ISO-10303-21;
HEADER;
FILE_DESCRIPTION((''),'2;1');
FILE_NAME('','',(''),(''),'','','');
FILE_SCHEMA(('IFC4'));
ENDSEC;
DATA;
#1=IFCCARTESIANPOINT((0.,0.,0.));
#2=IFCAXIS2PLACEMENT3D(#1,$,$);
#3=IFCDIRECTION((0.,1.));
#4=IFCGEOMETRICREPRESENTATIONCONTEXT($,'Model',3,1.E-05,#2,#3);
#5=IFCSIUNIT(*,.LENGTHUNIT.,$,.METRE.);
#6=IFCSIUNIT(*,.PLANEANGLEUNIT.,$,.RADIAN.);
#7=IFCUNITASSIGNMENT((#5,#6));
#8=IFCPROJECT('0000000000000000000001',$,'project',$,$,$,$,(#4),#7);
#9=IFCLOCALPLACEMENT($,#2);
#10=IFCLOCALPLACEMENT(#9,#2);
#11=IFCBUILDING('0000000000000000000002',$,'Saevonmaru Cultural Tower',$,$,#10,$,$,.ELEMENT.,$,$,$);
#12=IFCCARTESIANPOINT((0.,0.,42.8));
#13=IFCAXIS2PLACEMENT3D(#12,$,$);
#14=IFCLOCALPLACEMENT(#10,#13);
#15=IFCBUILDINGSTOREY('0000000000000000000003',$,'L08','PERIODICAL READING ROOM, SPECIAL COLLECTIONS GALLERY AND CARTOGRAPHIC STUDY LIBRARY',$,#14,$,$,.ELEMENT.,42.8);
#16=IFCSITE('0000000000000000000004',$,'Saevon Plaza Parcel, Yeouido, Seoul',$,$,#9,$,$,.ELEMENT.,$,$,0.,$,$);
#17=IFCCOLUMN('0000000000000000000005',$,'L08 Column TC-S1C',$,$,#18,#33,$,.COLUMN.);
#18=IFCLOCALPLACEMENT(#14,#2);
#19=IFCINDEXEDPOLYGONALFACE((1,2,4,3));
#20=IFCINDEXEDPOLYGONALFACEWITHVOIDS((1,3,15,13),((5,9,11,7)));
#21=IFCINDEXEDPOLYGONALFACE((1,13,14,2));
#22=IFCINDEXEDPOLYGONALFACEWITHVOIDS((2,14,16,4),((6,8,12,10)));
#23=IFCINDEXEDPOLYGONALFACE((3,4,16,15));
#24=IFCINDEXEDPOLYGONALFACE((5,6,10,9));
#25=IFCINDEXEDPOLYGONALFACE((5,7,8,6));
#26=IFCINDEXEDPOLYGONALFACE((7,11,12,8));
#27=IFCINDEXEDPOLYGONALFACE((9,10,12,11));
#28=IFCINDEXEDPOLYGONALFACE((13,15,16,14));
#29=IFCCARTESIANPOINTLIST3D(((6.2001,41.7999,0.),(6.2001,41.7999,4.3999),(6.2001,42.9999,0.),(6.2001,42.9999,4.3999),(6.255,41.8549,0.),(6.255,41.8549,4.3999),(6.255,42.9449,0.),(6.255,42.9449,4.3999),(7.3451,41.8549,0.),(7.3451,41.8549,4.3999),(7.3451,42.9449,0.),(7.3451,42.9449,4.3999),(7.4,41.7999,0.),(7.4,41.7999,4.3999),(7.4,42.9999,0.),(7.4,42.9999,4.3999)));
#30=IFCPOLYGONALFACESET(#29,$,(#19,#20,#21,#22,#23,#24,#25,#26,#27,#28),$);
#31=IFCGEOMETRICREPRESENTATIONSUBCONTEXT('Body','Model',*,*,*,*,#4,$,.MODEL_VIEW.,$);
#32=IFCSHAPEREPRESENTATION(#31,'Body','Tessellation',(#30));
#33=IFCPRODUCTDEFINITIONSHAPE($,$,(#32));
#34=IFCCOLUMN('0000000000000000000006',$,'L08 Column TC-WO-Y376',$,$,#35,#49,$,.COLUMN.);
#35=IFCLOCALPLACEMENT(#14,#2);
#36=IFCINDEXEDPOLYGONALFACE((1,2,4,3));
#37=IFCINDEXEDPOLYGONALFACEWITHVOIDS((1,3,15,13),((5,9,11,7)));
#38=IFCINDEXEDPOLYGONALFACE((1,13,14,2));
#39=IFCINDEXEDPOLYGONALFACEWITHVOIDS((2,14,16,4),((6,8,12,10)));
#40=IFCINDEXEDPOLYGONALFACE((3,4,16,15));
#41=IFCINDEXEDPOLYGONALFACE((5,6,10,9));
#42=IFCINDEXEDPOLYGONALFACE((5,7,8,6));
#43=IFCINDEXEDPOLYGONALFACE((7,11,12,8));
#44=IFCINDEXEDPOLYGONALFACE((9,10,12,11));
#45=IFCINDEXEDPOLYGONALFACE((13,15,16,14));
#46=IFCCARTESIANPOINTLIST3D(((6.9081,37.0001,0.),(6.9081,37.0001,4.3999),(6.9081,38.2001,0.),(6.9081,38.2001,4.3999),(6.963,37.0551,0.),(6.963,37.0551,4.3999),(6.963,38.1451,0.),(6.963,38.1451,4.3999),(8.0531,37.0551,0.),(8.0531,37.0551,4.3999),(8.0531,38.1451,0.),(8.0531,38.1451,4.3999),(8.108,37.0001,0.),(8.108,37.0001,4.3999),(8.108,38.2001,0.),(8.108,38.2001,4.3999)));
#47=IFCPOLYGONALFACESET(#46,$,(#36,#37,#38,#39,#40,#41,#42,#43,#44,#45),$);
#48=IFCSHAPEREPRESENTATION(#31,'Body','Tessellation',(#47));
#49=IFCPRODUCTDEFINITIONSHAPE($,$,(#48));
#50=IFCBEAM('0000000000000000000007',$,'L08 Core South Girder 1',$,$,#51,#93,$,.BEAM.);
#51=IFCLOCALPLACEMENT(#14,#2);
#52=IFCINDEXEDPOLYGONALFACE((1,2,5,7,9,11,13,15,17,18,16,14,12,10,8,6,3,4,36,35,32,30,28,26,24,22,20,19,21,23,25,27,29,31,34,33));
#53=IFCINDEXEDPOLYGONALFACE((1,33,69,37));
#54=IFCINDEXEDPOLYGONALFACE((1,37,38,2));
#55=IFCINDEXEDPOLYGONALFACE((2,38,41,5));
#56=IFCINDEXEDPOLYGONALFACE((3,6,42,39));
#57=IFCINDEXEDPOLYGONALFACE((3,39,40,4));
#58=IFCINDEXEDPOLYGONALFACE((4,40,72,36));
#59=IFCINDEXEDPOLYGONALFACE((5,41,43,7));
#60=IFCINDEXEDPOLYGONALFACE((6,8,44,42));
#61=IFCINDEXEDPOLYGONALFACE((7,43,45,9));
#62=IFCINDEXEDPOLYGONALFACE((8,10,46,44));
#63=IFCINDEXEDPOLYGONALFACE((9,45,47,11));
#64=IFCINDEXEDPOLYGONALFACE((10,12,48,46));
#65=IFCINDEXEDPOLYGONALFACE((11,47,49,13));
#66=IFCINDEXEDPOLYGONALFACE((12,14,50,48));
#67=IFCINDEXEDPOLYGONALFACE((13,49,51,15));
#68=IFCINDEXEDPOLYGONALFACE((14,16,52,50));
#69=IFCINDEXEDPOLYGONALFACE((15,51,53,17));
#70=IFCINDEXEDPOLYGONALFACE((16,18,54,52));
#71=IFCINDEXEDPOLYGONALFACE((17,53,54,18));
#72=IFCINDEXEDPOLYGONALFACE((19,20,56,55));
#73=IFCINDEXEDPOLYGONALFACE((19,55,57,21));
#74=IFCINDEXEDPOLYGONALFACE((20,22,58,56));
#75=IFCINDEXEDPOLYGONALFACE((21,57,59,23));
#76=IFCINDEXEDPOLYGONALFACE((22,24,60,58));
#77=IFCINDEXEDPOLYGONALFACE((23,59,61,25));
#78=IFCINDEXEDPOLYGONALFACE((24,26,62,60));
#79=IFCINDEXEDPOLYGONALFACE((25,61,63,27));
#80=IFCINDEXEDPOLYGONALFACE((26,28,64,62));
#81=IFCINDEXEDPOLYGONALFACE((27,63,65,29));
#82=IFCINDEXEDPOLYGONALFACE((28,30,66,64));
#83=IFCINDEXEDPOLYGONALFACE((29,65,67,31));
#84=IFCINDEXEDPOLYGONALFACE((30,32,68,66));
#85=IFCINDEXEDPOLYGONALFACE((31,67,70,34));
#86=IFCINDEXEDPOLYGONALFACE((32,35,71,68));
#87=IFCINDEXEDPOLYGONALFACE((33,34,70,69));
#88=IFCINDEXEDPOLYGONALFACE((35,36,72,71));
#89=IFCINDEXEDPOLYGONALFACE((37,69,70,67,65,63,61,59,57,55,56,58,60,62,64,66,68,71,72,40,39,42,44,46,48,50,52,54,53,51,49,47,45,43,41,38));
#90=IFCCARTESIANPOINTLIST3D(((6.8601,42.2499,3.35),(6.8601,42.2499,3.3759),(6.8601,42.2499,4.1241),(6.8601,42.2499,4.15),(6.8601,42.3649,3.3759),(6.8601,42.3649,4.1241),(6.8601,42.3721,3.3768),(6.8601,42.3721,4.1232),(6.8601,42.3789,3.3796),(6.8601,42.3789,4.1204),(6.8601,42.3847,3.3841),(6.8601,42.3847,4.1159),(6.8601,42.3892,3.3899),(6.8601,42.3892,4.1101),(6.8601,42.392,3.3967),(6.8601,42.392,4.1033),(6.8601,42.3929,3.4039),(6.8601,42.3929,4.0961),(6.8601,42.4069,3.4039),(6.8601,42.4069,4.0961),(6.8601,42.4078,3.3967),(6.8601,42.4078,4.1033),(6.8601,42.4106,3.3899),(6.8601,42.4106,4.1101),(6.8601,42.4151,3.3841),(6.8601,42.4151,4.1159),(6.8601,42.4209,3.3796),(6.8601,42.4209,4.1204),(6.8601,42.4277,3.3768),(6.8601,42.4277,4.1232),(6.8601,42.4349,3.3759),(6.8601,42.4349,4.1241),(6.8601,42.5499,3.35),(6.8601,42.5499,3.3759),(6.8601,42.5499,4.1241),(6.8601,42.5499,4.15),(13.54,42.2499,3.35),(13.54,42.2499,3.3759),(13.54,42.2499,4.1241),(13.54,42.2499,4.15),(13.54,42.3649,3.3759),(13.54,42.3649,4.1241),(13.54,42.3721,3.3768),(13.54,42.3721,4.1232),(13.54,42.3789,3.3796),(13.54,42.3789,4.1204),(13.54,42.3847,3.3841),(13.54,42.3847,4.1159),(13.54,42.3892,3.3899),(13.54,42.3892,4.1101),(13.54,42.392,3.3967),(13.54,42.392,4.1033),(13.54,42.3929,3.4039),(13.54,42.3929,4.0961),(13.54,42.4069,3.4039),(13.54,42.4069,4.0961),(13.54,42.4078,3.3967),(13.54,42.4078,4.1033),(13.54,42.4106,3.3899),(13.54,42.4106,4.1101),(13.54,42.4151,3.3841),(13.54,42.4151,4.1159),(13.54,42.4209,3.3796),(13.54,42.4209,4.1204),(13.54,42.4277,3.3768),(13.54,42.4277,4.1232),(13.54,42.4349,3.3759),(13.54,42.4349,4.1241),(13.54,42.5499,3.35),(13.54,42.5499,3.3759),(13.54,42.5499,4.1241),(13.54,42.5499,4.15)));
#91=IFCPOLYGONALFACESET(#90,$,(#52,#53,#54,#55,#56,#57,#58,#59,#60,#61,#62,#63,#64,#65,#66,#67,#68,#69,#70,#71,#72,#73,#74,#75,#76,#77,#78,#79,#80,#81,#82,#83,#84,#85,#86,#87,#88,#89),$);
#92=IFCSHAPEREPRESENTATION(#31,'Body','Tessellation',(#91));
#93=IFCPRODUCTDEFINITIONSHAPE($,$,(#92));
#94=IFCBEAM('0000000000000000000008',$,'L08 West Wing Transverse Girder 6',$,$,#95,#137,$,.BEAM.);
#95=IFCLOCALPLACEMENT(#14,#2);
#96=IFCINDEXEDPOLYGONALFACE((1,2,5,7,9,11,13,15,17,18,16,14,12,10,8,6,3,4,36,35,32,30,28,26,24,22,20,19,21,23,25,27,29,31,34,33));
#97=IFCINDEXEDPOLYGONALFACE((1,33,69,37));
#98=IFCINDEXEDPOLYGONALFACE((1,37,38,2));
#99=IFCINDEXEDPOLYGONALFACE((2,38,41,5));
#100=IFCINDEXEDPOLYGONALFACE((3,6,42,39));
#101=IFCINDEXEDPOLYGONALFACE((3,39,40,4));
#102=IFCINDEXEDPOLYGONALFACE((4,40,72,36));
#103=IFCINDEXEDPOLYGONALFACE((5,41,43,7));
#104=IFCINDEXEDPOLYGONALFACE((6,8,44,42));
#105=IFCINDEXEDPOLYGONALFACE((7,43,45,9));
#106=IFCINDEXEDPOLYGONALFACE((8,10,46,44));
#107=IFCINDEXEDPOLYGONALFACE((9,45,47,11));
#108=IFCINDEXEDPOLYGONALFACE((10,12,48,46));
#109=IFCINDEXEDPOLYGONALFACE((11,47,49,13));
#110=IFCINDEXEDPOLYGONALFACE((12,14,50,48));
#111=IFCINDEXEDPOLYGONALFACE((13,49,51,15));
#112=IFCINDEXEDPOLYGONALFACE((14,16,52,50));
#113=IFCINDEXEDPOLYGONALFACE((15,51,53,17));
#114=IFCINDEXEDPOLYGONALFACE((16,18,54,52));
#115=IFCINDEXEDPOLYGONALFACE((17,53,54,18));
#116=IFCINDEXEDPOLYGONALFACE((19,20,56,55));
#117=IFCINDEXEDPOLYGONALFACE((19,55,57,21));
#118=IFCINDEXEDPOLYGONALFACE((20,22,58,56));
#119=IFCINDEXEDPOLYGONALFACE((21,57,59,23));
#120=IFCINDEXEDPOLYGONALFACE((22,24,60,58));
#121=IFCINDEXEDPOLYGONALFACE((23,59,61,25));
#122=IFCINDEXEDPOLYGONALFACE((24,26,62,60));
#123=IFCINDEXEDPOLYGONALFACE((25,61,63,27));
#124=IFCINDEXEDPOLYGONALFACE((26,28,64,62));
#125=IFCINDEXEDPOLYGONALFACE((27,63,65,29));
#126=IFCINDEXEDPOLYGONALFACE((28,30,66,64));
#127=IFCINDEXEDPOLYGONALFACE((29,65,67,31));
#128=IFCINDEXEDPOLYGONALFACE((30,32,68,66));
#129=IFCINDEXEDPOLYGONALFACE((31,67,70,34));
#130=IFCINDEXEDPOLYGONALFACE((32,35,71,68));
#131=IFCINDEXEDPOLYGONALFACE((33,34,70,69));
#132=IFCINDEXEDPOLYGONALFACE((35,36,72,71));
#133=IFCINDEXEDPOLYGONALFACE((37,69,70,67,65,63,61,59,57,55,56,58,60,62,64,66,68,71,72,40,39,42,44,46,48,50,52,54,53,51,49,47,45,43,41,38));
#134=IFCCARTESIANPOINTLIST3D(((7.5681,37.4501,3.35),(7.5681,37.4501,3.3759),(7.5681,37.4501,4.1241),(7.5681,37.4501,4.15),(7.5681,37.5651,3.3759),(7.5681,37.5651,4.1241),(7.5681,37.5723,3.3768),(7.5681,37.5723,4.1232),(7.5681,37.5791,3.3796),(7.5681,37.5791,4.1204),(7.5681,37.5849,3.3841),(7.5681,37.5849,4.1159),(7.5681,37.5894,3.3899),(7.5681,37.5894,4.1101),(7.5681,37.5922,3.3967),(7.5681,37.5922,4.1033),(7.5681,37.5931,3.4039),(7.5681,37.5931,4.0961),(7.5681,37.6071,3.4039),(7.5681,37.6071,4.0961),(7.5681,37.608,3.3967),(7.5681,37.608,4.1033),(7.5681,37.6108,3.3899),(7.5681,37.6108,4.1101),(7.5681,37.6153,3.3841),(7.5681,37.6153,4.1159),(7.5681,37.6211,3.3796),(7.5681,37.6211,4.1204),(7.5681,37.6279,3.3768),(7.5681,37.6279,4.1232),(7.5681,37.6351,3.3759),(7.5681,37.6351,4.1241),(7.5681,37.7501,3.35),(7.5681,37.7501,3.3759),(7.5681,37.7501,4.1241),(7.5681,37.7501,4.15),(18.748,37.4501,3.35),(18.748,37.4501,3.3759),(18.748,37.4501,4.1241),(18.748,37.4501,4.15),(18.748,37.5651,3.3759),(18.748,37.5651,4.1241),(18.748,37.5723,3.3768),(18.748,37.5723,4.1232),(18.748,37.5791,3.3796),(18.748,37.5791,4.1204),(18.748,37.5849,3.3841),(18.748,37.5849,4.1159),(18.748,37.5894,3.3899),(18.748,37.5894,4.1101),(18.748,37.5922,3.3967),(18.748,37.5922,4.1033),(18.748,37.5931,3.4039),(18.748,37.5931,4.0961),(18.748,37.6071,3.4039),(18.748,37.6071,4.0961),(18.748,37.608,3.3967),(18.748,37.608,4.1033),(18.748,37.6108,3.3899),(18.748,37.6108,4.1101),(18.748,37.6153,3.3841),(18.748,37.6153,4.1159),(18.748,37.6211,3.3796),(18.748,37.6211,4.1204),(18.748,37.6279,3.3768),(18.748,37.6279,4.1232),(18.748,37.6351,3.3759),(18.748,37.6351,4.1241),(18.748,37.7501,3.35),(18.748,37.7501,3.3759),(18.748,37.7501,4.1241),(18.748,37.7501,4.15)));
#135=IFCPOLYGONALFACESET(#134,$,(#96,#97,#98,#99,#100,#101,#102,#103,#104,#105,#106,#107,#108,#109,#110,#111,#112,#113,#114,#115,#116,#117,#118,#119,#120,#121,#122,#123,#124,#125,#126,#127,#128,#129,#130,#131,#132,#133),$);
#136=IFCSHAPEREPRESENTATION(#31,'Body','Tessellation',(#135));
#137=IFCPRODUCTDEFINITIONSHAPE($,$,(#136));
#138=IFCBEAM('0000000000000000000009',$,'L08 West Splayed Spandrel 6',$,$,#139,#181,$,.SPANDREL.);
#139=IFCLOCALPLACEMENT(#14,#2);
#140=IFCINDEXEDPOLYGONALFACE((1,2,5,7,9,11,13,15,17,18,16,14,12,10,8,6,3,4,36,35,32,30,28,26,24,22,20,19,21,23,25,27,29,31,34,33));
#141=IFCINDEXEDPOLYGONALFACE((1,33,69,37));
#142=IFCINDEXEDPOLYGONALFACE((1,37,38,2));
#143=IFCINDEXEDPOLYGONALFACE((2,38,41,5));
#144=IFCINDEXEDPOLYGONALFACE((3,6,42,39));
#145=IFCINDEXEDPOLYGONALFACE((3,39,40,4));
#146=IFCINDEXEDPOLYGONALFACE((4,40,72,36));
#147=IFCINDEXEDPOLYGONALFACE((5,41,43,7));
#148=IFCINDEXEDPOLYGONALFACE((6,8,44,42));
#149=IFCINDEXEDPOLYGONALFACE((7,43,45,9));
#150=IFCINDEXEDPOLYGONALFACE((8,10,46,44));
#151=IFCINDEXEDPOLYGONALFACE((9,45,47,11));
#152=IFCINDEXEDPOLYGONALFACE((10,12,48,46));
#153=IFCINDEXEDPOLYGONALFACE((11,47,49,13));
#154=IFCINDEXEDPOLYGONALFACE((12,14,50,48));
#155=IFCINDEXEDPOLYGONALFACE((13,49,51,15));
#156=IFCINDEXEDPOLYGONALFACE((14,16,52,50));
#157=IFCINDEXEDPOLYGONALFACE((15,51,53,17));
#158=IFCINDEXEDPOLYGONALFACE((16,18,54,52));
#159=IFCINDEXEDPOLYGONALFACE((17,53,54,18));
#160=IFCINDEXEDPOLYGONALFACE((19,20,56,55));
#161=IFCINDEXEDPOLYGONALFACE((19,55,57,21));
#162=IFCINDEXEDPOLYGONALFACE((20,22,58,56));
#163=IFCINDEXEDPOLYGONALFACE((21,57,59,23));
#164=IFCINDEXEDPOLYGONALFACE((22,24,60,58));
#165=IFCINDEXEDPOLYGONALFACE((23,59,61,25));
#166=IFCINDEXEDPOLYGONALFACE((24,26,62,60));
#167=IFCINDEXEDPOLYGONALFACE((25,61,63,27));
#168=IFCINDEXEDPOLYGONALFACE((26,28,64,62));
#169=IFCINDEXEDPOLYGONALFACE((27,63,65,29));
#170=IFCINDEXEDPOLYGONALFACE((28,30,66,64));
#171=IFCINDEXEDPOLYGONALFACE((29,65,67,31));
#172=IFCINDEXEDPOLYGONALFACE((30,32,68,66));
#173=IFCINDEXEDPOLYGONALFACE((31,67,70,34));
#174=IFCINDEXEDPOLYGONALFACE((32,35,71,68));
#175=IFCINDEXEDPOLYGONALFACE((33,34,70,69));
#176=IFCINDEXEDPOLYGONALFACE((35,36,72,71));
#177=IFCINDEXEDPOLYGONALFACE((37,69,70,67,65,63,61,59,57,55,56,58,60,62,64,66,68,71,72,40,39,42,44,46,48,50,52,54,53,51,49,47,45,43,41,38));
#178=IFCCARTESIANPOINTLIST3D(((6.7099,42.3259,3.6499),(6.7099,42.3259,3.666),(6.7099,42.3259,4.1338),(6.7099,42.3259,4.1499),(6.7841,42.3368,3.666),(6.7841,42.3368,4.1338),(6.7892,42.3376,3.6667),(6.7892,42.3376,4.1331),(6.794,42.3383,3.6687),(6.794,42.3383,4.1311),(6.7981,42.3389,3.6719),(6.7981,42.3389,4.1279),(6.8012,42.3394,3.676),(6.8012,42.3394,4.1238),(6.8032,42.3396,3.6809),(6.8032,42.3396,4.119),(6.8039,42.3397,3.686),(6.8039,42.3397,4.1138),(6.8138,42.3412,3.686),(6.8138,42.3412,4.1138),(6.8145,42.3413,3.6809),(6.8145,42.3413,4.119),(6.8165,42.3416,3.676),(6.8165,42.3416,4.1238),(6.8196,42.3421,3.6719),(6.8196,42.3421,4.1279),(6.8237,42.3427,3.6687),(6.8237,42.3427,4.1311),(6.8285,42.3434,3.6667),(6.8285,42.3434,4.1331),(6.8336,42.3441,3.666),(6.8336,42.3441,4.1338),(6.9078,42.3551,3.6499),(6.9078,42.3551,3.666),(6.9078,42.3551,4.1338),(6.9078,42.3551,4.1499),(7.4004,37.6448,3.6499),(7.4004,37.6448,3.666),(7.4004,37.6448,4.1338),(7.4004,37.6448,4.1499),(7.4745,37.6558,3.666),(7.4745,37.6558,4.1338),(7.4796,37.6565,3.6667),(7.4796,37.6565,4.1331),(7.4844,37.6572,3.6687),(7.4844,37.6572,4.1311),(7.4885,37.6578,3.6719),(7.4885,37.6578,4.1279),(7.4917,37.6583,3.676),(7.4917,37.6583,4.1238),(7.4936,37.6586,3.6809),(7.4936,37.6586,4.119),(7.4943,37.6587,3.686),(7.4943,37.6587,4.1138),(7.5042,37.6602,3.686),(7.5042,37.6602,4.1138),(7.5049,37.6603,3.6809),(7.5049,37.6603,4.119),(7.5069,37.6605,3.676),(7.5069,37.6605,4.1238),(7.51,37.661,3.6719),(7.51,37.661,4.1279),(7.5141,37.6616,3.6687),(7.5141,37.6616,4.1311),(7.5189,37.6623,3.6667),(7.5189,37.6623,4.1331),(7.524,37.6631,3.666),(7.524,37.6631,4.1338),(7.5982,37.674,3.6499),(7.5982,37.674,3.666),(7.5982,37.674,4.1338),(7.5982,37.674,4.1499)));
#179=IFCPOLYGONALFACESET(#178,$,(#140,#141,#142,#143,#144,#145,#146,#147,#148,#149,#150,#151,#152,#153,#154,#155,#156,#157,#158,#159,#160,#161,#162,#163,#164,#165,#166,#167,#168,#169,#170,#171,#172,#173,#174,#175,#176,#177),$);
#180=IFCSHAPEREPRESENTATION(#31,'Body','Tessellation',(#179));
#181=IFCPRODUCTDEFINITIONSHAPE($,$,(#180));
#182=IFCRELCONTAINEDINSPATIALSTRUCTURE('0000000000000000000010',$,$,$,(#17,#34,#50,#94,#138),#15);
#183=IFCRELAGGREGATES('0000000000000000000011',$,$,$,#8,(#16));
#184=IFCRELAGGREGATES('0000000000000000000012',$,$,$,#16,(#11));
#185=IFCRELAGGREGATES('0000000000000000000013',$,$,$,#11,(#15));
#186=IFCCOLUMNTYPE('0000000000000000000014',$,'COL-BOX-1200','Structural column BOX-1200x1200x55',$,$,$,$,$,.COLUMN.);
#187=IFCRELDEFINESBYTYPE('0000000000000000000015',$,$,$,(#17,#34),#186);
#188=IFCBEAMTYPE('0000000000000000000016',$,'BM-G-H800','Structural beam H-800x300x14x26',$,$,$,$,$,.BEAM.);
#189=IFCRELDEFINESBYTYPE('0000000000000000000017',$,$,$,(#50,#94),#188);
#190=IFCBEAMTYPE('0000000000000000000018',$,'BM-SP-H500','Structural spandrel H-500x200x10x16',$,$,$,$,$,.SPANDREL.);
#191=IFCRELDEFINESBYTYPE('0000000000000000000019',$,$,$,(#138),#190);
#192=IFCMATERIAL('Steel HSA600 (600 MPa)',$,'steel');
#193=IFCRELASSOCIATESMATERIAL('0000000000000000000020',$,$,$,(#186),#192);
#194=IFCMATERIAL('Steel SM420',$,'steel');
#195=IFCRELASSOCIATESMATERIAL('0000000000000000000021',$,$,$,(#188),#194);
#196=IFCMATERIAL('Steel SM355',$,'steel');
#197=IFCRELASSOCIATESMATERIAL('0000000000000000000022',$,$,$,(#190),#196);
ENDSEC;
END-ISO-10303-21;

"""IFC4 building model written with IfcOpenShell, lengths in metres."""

from ifc_helpers import new_model, si_unit, direction, frame, origin, origin_2d, place, context, subcontext, project, spatial, hollow_rectangle, i_section, extrude, material, material_profile, profile_set, type_object, element, save


model = new_model("IFC4")

# Units and contexts
model_context = context("Model", 3, precision=1e-05, world=origin(), true_north=direction((0.0, 1.0)))
body_context = subcontext(model_context, "Body", "Model", "MODEL_VIEW")
ifc_project = project(units=[si_unit("LENGTHUNIT", "METRE"), si_unit("PLANEANGLEUNIT", "RADIAN")], contexts=[model_context])

# Site, building, storey
site_placement = place(None, origin())
site = spatial("IfcSite", under=ifc_project, at=site_placement, Name="Saevon Plaza Parcel, Yeouido, Seoul", CompositionType="ELEMENT", RefElevation=0.0)
building_placement = place(site_placement, origin())
building = spatial("IfcBuilding", under=site, at=building_placement, Name="Saevonmaru Cultural Tower", CompositionType="ELEMENT")
storey_placement = place(building_placement, frame((0.0, 0.0, 42.8)))
storey = spatial("IfcBuildingStorey", under=building, at=storey_placement, Name="L08", Description="PERIODICAL READING ROOM, SPECIAL COLLECTIONS GALLERY AND CARTOGRAPHIC STUDY LIBRARY", CompositionType="ELEMENT", Elevation=42.8)

# Columns
ifc_material_1 = material(Name="Steel HSA600 (600 MPa)", Category="steel")
ifc_material_profile_1 = material_profile(ifc_material_1, hollow_rectangle(XDim=1.2, YDim=1.2, WallThickness=0.0549, at=origin_2d()), Name="BOX-1200x1200x55")
ifc_profile_set_1 = profile_set([ifc_material_profile_1], Name="Steel HSA600 (600 MPa)")
column_type = type_object("IfcColumnType", Name="COL-BOX-1200", Description="Structural column BOX-1200x1200x55", PredefinedType="COLUMN", material=ifc_profile_set_1)
for number, where, z_axis, x_axis, name in (
    (1, (6.8, 42.3999, 0.0), (0.0, 0.0, 1.0), (1.0, 0.0, 0.0), "L08 Column TC-S1C"),
    (2, (7.5081, 37.6001, 0.0), (0.0, 0.0, 1.0), (1.0, 0.0, 0.0), "L08 Column TC-WO-Y376"),
):
    element("IfcColumn", number, at=place(storey_placement, frame(where, z_axis=z_axis, x_axis=x_axis)), inside=storey, type_object=column_type, Name=name, PredefinedType="COLUMN", context=body_context, shape_type="SweptSolid", body=[
        extrude(hollow_rectangle(XDim=1.2, YDim=1.2, WallThickness=0.0549, at=origin_2d()), origin(), (0.0, 0.0, 1.0), 4.3999),
    ])

# Beams
ifc_material_2 = material(Name="Steel SM420", Category="steel")
ifc_material_profile_2 = material_profile(ifc_material_2, i_section(OverallWidth=0.3, OverallDepth=0.8, WebThickness=0.0139, FlangeThickness=0.0259, FilletRadius=0.0281, at=origin_2d()), Name="H-800x300x14x26")
ifc_profile_set_2 = profile_set([ifc_material_profile_2], Name="Steel SM420")
beam_type_1 = type_object("IfcBeamType", Name="BM-G-H800", Description="Structural beam H-800x300x14x26", PredefinedType="BEAM", material=ifc_profile_set_2)
beam_1_placement = place(storey_placement, frame((6.8601, 42.3999, 3.75), z_axis=(1.0, 0.0, 0.0), x_axis=(0.0, 1.0, 0.0)))
element("IfcBeam", 3, at=beam_1_placement, inside=storey, type_object=beam_type_1, Name="L08 Core South Girder 1", PredefinedType="BEAM", context=body_context, shape_type="SweptSolid", body=[
    extrude(i_section(OverallWidth=0.3, OverallDepth=0.8, WebThickness=0.0139, FlangeThickness=0.0259, FilletRadius=0.0281, at=origin_2d()), origin(), (0.0, 0.0, 1.0), 6.6799),
])
beam_2_placement = place(storey_placement, frame((7.5681, 37.6001, 3.75), z_axis=(1.0, 0.0, 0.0), x_axis=(0.0, 1.0, 0.0)))
element("IfcBeam", 4, at=beam_2_placement, inside=storey, type_object=beam_type_1, Name="L08 West Wing Transverse Girder 6", PredefinedType="BEAM", context=body_context, shape_type="SweptSolid", body=[
    extrude(i_section(OverallWidth=0.3, OverallDepth=0.8, WebThickness=0.0139, FlangeThickness=0.0259, FilletRadius=0.0281, at=origin_2d()), origin(), (0.0, 0.0, 1.0), 11.1799),
])
ifc_material_3 = material(Name="Steel SM355", Category="steel")
ifc_material_profile_3 = material_profile(ifc_material_3, i_section(OverallWidth=0.2, OverallDepth=0.5, WebThickness=0.01, FlangeThickness=0.0161, FilletRadius=0.02, at=origin_2d()), Name="H-500x200x10x16")
ifc_profile_set_3 = profile_set([ifc_material_profile_3], Name="Steel SM355")
beam_type_2 = type_object("IfcBeamType", Name="BM-SP-H500", Description="Structural spandrel H-500x200x10x16", PredefinedType="SPANDREL", material=ifc_profile_set_3)
beam_3_placement = place(storey_placement, frame((7.4993, 37.6594, 3.8999), z_axis=(-0.145913, 0.989297, 0.0), x_axis=(-0.989297, -0.145913, 0.0)))
element("IfcBeam", 5, at=beam_3_placement, inside=storey, type_object=beam_type_2, Name="L08 West Splayed Spandrel 6", PredefinedType="SPANDREL", context=body_context, shape_type="SweptSolid", body=[
    extrude(i_section(OverallWidth=0.2, OverallDepth=0.5, WebThickness=0.01, FlangeThickness=0.0161, FilletRadius=0.02, at=origin_2d()), origin(), (0.0, 0.0, 1.0), 4.7317),
])

save(model, "model.ifc")
